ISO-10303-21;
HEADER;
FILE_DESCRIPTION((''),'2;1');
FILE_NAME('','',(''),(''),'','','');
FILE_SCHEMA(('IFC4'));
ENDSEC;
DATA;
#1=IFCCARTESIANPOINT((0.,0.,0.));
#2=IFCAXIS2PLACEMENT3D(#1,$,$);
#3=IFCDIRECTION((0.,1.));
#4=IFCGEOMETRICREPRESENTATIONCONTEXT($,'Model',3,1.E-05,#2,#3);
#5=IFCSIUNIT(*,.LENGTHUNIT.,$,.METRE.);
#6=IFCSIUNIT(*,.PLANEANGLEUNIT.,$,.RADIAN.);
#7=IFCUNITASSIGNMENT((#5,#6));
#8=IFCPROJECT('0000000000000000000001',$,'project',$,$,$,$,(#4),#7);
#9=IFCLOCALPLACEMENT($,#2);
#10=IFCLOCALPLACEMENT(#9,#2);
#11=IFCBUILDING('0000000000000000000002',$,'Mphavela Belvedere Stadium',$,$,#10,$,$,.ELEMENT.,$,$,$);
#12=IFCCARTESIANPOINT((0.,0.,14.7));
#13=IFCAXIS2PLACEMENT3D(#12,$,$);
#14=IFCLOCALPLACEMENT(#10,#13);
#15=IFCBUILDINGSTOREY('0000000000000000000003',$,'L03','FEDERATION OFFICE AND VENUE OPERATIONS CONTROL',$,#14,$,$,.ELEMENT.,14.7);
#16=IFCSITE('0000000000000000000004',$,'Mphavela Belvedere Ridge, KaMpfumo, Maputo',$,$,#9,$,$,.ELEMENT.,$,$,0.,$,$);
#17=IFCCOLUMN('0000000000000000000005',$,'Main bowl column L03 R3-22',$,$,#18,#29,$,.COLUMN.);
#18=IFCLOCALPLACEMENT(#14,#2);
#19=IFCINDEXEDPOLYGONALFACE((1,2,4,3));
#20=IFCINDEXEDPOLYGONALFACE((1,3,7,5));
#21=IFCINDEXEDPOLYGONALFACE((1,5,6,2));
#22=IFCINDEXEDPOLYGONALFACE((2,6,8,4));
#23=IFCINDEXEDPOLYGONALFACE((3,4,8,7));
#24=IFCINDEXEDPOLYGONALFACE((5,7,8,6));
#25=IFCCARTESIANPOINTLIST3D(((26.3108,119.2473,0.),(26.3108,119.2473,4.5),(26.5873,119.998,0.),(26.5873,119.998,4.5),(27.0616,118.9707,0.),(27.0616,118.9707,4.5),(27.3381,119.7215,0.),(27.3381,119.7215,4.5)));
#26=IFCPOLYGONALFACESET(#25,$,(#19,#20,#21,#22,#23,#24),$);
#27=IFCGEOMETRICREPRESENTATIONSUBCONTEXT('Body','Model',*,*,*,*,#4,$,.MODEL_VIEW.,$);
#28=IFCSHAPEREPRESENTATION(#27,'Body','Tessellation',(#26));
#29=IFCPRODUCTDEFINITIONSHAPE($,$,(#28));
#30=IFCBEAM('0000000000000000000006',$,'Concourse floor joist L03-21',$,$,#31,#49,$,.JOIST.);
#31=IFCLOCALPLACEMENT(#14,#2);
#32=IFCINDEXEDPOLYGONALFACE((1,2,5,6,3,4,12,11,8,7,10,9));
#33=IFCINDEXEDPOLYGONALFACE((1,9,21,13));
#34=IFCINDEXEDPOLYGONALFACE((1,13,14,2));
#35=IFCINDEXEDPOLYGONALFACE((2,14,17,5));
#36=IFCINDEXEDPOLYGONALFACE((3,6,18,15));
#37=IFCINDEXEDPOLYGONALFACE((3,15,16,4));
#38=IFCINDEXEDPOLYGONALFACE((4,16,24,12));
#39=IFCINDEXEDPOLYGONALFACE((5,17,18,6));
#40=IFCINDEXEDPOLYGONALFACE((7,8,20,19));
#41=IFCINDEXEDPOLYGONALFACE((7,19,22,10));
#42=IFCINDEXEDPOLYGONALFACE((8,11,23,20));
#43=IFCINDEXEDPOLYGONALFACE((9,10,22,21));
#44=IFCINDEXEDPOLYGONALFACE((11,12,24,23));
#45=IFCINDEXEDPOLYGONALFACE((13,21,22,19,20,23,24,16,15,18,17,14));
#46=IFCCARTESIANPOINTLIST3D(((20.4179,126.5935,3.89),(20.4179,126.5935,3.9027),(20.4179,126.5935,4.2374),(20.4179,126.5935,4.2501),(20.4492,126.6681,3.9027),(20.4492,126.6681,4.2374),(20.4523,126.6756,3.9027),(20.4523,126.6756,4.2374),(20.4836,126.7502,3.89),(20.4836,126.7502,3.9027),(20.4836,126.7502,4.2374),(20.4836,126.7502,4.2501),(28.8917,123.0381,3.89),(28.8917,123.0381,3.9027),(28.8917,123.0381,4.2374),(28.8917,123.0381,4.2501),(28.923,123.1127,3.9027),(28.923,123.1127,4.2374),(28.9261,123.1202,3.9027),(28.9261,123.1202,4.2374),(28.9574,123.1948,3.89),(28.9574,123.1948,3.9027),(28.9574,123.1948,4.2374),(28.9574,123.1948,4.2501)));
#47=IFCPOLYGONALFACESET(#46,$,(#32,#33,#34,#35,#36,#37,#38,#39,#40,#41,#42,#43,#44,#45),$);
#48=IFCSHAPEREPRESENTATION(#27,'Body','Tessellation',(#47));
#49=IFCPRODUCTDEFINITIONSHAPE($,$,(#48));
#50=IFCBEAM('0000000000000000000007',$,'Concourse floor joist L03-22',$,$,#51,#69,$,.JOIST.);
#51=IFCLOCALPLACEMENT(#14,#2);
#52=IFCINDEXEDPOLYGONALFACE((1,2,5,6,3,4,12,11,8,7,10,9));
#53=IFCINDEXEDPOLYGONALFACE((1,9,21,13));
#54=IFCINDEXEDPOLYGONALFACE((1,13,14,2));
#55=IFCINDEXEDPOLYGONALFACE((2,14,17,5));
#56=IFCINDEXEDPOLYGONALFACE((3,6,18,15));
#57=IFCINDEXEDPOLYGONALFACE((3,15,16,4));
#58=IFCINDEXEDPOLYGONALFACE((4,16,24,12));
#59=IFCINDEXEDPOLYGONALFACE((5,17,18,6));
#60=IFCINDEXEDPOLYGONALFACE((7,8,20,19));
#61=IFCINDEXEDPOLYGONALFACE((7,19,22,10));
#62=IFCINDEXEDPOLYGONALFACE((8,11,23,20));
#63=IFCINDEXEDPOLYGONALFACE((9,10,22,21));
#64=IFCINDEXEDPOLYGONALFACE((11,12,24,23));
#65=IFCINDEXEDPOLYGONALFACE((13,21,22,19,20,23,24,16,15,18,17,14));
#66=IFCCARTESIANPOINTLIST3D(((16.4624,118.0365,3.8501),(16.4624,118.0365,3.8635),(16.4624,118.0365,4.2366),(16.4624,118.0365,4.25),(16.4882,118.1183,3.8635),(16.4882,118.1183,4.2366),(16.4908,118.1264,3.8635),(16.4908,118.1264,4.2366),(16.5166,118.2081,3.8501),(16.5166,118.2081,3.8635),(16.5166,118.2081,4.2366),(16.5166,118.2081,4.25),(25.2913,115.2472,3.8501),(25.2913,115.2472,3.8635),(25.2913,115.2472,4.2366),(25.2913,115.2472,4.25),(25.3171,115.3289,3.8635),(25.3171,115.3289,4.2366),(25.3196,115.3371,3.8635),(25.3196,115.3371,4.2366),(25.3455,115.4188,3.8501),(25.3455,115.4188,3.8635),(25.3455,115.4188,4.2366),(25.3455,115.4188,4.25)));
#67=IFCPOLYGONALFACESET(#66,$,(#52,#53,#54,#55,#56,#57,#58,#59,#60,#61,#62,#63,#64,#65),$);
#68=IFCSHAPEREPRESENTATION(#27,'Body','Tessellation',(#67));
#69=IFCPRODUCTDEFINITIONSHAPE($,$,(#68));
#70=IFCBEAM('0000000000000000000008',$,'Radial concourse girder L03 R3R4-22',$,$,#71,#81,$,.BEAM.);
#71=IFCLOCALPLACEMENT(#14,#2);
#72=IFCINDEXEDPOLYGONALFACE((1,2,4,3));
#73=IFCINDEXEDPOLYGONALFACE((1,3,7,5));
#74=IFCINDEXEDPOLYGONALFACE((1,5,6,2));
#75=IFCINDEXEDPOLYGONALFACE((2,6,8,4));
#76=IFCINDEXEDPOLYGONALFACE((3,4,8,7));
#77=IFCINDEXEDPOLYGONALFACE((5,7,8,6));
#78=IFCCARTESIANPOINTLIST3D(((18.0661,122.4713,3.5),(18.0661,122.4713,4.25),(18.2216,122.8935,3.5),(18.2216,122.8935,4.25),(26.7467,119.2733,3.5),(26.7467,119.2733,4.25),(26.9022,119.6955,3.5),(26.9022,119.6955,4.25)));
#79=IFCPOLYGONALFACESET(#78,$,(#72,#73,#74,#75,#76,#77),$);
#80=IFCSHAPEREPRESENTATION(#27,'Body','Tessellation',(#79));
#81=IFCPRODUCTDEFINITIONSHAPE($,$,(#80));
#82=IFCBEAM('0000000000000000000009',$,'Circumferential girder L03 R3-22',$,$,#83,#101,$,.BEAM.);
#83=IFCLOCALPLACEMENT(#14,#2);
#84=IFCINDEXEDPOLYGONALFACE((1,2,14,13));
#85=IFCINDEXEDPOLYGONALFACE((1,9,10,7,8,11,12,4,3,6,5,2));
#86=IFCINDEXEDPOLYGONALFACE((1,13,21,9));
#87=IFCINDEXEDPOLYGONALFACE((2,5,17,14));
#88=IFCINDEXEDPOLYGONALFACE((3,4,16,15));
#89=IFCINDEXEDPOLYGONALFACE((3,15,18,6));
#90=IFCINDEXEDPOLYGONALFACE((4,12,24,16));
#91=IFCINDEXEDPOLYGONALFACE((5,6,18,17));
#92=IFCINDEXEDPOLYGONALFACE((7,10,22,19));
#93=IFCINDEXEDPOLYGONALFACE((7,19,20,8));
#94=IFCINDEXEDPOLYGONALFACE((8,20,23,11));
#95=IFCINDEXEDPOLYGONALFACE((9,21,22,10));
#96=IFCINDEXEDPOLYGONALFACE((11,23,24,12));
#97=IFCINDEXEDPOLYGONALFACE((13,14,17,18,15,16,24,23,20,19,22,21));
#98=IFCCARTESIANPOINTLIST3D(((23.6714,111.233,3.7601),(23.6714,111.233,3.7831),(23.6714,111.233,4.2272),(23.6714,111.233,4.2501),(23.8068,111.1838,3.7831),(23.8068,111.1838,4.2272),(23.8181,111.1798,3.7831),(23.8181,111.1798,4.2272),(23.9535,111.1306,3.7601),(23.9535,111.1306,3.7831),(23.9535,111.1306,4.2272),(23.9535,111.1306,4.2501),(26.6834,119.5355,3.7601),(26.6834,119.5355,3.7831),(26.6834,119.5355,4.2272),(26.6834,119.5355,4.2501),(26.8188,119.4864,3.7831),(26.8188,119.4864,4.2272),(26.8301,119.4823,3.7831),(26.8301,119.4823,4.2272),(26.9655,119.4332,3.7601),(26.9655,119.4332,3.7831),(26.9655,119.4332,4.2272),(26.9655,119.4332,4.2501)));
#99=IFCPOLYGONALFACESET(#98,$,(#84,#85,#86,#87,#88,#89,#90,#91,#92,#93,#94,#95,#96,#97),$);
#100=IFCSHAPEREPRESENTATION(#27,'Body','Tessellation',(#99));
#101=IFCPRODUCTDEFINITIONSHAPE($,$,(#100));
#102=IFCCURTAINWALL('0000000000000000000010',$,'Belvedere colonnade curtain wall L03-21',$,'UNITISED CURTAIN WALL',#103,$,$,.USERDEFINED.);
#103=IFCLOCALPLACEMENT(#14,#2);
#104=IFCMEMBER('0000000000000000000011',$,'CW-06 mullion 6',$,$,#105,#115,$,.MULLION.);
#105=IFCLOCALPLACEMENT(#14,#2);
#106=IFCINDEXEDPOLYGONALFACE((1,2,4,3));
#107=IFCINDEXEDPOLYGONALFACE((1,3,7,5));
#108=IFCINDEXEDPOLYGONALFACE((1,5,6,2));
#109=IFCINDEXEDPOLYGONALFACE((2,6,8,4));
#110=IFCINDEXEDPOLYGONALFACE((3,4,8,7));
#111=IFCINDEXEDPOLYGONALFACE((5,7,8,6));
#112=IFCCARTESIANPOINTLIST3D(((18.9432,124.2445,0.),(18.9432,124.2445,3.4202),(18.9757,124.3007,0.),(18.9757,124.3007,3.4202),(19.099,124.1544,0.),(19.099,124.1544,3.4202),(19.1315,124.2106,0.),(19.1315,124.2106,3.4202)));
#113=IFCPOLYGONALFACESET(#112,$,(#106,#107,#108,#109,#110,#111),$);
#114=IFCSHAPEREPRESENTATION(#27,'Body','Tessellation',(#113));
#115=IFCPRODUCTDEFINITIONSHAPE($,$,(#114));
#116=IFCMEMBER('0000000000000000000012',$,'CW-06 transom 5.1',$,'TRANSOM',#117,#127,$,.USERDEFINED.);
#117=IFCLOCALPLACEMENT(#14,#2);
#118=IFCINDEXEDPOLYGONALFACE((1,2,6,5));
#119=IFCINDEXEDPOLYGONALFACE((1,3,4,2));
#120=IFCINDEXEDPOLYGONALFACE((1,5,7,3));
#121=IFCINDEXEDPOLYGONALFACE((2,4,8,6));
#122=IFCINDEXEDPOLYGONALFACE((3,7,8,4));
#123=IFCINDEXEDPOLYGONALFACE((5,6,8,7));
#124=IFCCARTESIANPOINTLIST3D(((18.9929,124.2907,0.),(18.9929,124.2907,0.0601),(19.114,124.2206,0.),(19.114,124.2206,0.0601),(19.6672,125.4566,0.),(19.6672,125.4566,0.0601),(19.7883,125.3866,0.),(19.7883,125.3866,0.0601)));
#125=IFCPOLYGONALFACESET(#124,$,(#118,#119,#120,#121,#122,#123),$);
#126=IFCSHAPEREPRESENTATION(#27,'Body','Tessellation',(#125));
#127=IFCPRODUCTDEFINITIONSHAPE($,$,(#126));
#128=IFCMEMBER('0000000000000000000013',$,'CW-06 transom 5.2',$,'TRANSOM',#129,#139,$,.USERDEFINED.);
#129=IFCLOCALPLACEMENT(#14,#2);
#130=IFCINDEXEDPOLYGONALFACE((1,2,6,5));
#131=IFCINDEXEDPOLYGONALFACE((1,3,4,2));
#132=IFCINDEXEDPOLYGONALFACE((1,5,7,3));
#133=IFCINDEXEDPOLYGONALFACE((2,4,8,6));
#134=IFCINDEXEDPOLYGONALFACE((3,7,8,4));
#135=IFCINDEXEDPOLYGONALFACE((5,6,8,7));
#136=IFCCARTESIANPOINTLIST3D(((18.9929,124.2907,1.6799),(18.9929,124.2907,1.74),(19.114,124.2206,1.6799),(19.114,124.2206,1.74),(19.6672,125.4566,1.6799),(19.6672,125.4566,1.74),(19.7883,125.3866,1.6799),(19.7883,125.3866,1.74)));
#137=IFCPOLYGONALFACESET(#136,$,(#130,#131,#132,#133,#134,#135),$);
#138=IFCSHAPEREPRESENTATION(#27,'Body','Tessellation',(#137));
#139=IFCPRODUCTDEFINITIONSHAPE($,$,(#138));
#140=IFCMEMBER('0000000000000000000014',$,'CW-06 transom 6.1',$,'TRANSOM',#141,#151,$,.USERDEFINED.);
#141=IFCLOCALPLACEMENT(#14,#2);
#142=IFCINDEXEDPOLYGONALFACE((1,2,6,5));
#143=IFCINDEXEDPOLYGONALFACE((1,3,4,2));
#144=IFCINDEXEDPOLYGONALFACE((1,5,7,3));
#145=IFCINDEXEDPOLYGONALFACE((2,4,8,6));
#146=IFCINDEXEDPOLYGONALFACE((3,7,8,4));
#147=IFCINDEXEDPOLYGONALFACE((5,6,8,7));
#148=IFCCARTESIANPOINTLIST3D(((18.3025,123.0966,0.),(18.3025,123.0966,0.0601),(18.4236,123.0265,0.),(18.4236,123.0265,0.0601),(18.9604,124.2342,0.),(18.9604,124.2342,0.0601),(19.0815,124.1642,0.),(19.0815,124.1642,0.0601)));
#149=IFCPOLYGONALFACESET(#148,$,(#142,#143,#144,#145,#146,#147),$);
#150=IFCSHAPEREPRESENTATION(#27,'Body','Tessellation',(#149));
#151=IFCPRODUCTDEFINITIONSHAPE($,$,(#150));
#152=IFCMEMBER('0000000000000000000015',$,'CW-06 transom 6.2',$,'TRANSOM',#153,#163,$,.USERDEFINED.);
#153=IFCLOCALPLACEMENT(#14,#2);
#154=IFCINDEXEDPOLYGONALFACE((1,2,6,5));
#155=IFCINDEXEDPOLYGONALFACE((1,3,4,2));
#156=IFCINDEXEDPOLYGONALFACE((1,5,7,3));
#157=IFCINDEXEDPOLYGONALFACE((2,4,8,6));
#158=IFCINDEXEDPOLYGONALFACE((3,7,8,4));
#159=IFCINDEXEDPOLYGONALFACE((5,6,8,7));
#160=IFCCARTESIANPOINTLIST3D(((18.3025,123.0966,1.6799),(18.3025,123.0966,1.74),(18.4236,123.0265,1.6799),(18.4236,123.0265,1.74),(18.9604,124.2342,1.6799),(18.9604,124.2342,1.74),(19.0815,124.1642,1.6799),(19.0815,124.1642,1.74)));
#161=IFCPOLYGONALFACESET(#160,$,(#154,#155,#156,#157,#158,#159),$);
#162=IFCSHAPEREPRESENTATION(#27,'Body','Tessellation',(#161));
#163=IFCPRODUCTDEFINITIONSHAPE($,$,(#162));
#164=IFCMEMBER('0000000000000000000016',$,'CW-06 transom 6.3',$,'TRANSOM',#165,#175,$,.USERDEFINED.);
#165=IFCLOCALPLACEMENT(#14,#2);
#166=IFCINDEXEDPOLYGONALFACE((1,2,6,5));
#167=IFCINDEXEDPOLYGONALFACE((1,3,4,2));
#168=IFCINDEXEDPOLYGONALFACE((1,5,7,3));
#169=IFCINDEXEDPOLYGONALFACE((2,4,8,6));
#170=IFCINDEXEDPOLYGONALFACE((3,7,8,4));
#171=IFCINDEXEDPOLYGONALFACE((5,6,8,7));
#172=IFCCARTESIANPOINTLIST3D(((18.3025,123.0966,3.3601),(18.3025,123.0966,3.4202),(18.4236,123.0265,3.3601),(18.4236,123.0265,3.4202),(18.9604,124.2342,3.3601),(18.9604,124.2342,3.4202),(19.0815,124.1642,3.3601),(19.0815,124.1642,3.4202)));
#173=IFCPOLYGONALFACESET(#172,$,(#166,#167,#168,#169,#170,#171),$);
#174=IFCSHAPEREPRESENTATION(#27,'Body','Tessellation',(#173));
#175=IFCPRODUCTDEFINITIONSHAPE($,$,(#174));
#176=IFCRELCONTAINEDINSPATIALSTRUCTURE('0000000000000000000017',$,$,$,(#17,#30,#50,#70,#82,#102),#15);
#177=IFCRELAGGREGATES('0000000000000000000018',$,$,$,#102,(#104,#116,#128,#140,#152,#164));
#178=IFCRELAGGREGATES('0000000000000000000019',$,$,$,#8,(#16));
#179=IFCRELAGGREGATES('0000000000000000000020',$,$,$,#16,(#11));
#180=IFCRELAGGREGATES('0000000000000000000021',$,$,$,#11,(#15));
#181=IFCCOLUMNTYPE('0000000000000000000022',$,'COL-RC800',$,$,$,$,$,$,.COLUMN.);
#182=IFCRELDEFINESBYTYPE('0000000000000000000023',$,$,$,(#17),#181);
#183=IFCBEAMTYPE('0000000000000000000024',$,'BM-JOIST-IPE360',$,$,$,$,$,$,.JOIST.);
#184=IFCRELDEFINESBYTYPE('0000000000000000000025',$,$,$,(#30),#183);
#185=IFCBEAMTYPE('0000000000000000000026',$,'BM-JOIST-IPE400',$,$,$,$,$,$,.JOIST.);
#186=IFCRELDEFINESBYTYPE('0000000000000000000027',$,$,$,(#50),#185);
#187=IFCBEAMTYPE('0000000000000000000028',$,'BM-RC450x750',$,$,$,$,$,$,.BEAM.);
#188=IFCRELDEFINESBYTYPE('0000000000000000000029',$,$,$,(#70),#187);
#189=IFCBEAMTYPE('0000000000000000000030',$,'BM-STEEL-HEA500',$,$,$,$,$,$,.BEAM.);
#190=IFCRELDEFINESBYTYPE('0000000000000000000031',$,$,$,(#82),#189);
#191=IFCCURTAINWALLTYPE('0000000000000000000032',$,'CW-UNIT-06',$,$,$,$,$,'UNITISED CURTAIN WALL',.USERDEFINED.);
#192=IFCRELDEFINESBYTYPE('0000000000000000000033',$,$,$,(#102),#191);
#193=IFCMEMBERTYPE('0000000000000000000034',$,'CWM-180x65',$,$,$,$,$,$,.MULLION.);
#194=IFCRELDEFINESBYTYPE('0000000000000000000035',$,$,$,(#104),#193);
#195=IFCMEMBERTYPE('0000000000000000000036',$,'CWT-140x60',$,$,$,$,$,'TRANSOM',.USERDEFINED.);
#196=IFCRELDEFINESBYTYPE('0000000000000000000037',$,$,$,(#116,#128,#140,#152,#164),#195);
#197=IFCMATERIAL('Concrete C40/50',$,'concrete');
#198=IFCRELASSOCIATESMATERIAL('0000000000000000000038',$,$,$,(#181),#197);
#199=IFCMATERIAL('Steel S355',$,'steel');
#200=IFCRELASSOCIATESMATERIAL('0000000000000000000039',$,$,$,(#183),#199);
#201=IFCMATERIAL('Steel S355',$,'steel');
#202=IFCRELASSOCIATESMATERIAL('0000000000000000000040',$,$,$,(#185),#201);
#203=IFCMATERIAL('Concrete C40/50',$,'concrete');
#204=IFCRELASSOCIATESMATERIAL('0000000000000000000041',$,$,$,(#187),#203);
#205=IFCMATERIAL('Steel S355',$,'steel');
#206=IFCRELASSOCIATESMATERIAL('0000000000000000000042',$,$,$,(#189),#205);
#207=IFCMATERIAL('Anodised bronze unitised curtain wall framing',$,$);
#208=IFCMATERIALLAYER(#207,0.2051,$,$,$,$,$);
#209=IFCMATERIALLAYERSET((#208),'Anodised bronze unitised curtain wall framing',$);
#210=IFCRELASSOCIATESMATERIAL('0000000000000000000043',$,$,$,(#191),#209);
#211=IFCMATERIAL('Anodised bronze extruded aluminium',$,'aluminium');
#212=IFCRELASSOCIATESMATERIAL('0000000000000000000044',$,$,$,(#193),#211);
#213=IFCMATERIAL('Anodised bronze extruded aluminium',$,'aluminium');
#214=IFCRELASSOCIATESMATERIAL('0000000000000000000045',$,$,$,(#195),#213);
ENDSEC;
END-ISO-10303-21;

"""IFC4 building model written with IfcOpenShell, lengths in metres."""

from ifc_helpers import new_model, si_unit, direction, frame, origin, origin_2d, place, context, subcontext, project, spatial, rectangle, i_section, extrude, material, layer, layer_set, material_profile, profile_set, type_object, element, aggregate, save


model = new_model("IFC4")

# Units and contexts
model_context = context("Model", 3, precision=1e-05, world=origin(), true_north=direction((0.0, 1.0)))
body_context = subcontext(model_context, "Body", "Model", "MODEL_VIEW")
ifc_project = project(units=[si_unit("LENGTHUNIT", "METRE"), si_unit("PLANEANGLEUNIT", "RADIAN")], contexts=[model_context])

# Site, building, storey
site_placement = place(None, origin())
site = spatial("IfcSite", under=ifc_project, at=site_placement, Name="Mphavela Belvedere Ridge, KaMpfumo, Maputo", CompositionType="ELEMENT", RefElevation=0.0)
building_placement = place(site_placement, origin())
building = spatial("IfcBuilding", under=site, at=building_placement, Name="Mphavela Belvedere Stadium", CompositionType="ELEMENT")
storey_placement = place(building_placement, frame((0.0, 0.0, 14.7)))
storey = spatial("IfcBuildingStorey", under=building, at=storey_placement, Name="L03", Description="FEDERATION OFFICE AND VENUE OPERATIONS CONTROL", CompositionType="ELEMENT", Elevation=14.7)

# Column
ifc_material_1 = material(Name="Concrete C40/50", Category="concrete")
ifc_material_profile_1 = material_profile(ifc_material_1, rectangle(XDim=0.8, YDim=0.8, at=origin_2d()), Name="RC 800x800")
ifc_profile_set_1 = profile_set([ifc_material_profile_1], Name="Concrete C40/50")
column_type = type_object("IfcColumnType", Name="COL-RC800", PredefinedType="COLUMN", material=ifc_profile_set_1)
column_placement = place(storey_placement, frame((26.8245, 119.4844, 0.0), z_axis=(0.0, 0.0, 1.0), x_axis=(-0.938372, 0.345626, 0.0)))
element("IfcColumn", 1, at=column_placement, inside=storey, type_object=column_type, Name="Main bowl column L03 R3-22", PredefinedType="COLUMN", context=body_context, shape_type="SweptSolid", body=[
    extrude(rectangle(XDim=0.8, YDim=0.8, at=origin_2d()), origin(), (0.0, 0.0, 1.0), 4.5),
])

# Beams
ifc_material_2 = material(Name="Steel S355", Category="steel")
ifc_material_profile_2 = material_profile(ifc_material_2, i_section(OverallWidth=0.1699, OverallDepth=0.3601, WebThickness=0.0081, FlangeThickness=0.0127, at=origin_2d()), Name="IPE 360")
ifc_profile_set_2 = profile_set([ifc_material_profile_2], Name="Steel S355")
beam_type_1 = type_object("IfcBeamType", Name="BM-JOIST-IPE360", PredefinedType="JOIST", material=ifc_profile_set_2)
beam_1_placement = place(storey_placement, frame((28.9246, 123.1165, 4.0701), z_axis=(-0.922122, 0.386899, 0.0), x_axis=(-0.386899, -0.922122, 0.0)))
element("IfcBeam", 2, at=beam_1_placement, inside=storey, type_object=beam_type_1, Name="Concourse floor joist L03-21", PredefinedType="JOIST", context=body_context, shape_type="SweptSolid", body=[
    extrude(i_section(OverallWidth=0.1699, OverallDepth=0.3601, WebThickness=0.0081, FlangeThickness=0.0127, at=origin_2d()), origin(), (0.0, 0.0, 1.0), 9.1895),
])
ifc_material_3 = material(Name="Steel S355", Category="steel")
ifc_material_profile_3 = material_profile(ifc_material_3, i_section(OverallWidth=0.1799, OverallDepth=0.3999, WebThickness=0.0085, FlangeThickness=0.0134, at=origin_2d()), Name="IPE 400")
ifc_profile_set_3 = profile_set([ifc_material_profile_3], Name="Steel S355")
beam_type_2 = type_object("IfcBeamType", Name="BM-JOIST-IPE400", PredefinedType="JOIST", material=ifc_profile_set_3)
beam_2_placement = place(storey_placement, frame((25.3184, 115.333, 4.05), z_axis=(-0.953544, 0.301254, 0.0), x_axis=(-0.301254, -0.953544, 0.0)))
element("IfcBeam", 3, at=beam_2_placement, inside=storey, type_object=beam_type_2, Name="Concourse floor joist L03-22", PredefinedType="JOIST", context=body_context, shape_type="SweptSolid", body=[
    extrude(i_section(OverallWidth=0.1799, OverallDepth=0.3999, WebThickness=0.0085, FlangeThickness=0.0134, at=origin_2d()), origin(), (0.0, 0.0, 1.0), 9.259),
])
ifc_material_4 = material(Name="Concrete C40/50", Category="concrete")
ifc_material_profile_4 = material_profile(ifc_material_4, rectangle(XDim=0.45, YDim=0.75, at=origin_2d()), Name="RC 450x750")
ifc_profile_set_4 = profile_set([ifc_material_profile_4], Name="Concrete C40/50")
beam_type_3 = type_object("IfcBeamType", Name="BM-RC450x750", PredefinedType="BEAM", material=ifc_profile_set_4)
beam_3_placement = place(storey_placement, frame((26.8245, 119.4844, 3.875), z_axis=(-0.938348, 0.345692, 0.0), x_axis=(-0.345692, -0.938348, 0.0)))
element("IfcBeam", 4, at=beam_3_placement, inside=storey, type_object=beam_type_3, Name="Radial concourse girder L03 R3R4-22", PredefinedType="BEAM", context=body_context, shape_type="SweptSolid", body=[
    extrude(rectangle(XDim=0.45, YDim=0.75, at=origin_2d()), origin(), (0.0, 0.0, 1.0), 9.251),
])
ifc_material_5 = material(Name="Steel S355", Category="steel")
ifc_material_profile_5 = material_profile(ifc_material_5, i_section(OverallWidth=0.3, OverallDepth=0.49, WebThickness=0.012, FlangeThickness=0.0229, at=origin_2d()), Name="HEA 500")
ifc_profile_set_5 = profile_set([ifc_material_profile_5], Name="Steel S355")
beam_type_4 = type_object("IfcBeamType", Name="BM-STEEL-HEA500", PredefinedType="BEAM", material=ifc_profile_set_5)
beam_4_placement = place(storey_placement, frame((26.8245, 119.4844, 4.0051), z_axis=(-0.341031, -0.940052, 0.0), x_axis=(0.940052, -0.341031, 0.0)))
element("IfcBeam", 5, at=beam_4_placement, inside=storey, type_object=beam_type_4, Name="Circumferential girder L03 R3-22", PredefinedType="BEAM", context=body_context, shape_type="SweptSolid", body=[
    extrude(i_section(OverallWidth=0.3, OverallDepth=0.49, WebThickness=0.012, FlangeThickness=0.0229, at=origin_2d()), origin(), (0.0, 0.0, 1.0), 8.832),
])

# Curtain wall, members
ifc_material_6 = material(Name="Anodised bronze unitised curtain wall framing")
ifc_layer_1 = layer(ifc_material_6, 0.2051)
ifc_layer_set_1 = layer_set([ifc_layer_1], Name="Anodised bronze unitised curtain wall framing")
curtain_wall_type = type_object("IfcCurtainWallType", Name="CW-UNIT-06", ElementType="UNITISED CURTAIN WALL", PredefinedType="USERDEFINED", material=ifc_layer_set_1)
curtain_wall_placement = place(storey_placement, origin())
curtain_wall = element("IfcCurtainWall", 6, at=curtain_wall_placement, inside=storey, type_object=curtain_wall_type, Name="Belvedere colonnade curtain wall L03-21", ObjectType="UNITISED CURTAIN WALL", PredefinedType="USERDEFINED")
ifc_material_7 = material(Name="Anodised bronze extruded aluminium", Category="aluminium")
ifc_material_profile_6 = material_profile(ifc_material_7, rectangle(XDim=0.1799, YDim=0.0649, at=origin_2d()), Name="CW-MUL 180x65")
ifc_profile_set_6 = profile_set([ifc_material_profile_6], Name="Anodised bronze extruded aluminium")
member_type_1 = type_object("IfcMemberType", Name="CWM-180x65", PredefinedType="MULLION", material=ifc_profile_set_6)
member_1_placement = place(storey_placement, frame((19.0374, 124.2275, 0.0), z_axis=(0.0, 0.0, 1.0), x_axis=(0.865705, -0.500554, 0.0)))
member_1 = element("IfcMember", 7, at=member_1_placement, type_object=member_type_1, Name="CW-06 mullion 6", PredefinedType="MULLION", context=body_context, shape_type="SweptSolid", body=[
    extrude(rectangle(XDim=0.1799, YDim=0.0649, at=origin_2d()), origin(), (0.0, 0.0, 1.0), 3.4202),
])
ifc_material_8 = material(Name="Anodised bronze extruded aluminium", Category="aluminium")
ifc_material_profile_7 = material_profile(ifc_material_8, rectangle(XDim=0.1399, YDim=0.0601, at=origin_2d()), Name="CW-TRN 140x60")
ifc_profile_set_7 = profile_set([ifc_material_profile_7], Name="Anodised bronze extruded aluminium")
member_type_2 = type_object("IfcMemberType", Name="CWT-140x60", ElementType="TRANSOM", PredefinedType="USERDEFINED", material=ifc_profile_set_7)
member_2_placement = place(storey_placement, frame((19.7278, 125.4216, 0.03), z_axis=(-0.500622, -0.865666, 0.0), x_axis=(0.865666, -0.500622, 0.0)))
member_2 = element("IfcMember", 8, at=member_2_placement, type_object=member_type_2, Name="CW-06 transom 5.1", ObjectType="TRANSOM", PredefinedType="USERDEFINED", context=body_context, shape_type="SweptSolid", body=[
    extrude(rectangle(XDim=0.1399, YDim=0.0601, at=origin_2d()), origin(), (0.0, 0.0, 1.0), 1.3469),
])
member_3_placement = place(storey_placement, frame((19.7278, 125.4216, 1.71), z_axis=(-0.500622, -0.865666, 0.0), x_axis=(0.865666, -0.500622, 0.0)))
member_3 = element("IfcMember", 9, at=member_3_placement, type_object=member_type_2, Name="CW-06 transom 5.2", ObjectType="TRANSOM", PredefinedType="USERDEFINED", context=body_context, shape_type="SweptSolid", body=[
    extrude(rectangle(XDim=0.1399, YDim=0.0601, at=origin_2d()), origin(), (0.0, 0.0, 1.0), 1.3469),
])
member_4_placement = place(storey_placement, frame((19.021, 124.1992, 0.03), z_axis=(-0.500633, -0.865659, 0.0), x_axis=(0.865659, -0.500633, 0.0)))
member_4 = element("IfcMember", 10, at=member_4_placement, type_object=member_type_2, Name="CW-06 transom 6.1", ObjectType="TRANSOM", PredefinedType="USERDEFINED", context=body_context, shape_type="SweptSolid", body=[
    extrude(rectangle(XDim=0.1399, YDim=0.0601, at=origin_2d()), origin(), (0.0, 0.0, 1.0), 1.3142),
])
member_5_placement = place(storey_placement, frame((19.021, 124.1992, 1.71), z_axis=(-0.500633, -0.865659, 0.0), x_axis=(0.865659, -0.500633, 0.0)))
member_5 = element("IfcMember", 11, at=member_5_placement, type_object=member_type_2, Name="CW-06 transom 6.2", ObjectType="TRANSOM", PredefinedType="USERDEFINED", context=body_context, shape_type="SweptSolid", body=[
    extrude(rectangle(XDim=0.1399, YDim=0.0601, at=origin_2d()), origin(), (0.0, 0.0, 1.0), 1.3142),
])
member_6_placement = place(storey_placement, frame((19.021, 124.1992, 3.3901), z_axis=(-0.500633, -0.865659, 0.0), x_axis=(0.865659, -0.500633, 0.0)))
member_6 = element("IfcMember", 12, at=member_6_placement, type_object=member_type_2, Name="CW-06 transom 6.3", ObjectType="TRANSOM", PredefinedType="USERDEFINED", context=body_context, shape_type="SweptSolid", body=[
    extrude(rectangle(XDim=0.1399, YDim=0.0601, at=origin_2d()), origin(), (0.0, 0.0, 1.0), 1.3142),
])
aggregate(curtain_wall, [member_1, member_2, member_3, member_4, member_5, member_6])

save(model, "model.ifc")
